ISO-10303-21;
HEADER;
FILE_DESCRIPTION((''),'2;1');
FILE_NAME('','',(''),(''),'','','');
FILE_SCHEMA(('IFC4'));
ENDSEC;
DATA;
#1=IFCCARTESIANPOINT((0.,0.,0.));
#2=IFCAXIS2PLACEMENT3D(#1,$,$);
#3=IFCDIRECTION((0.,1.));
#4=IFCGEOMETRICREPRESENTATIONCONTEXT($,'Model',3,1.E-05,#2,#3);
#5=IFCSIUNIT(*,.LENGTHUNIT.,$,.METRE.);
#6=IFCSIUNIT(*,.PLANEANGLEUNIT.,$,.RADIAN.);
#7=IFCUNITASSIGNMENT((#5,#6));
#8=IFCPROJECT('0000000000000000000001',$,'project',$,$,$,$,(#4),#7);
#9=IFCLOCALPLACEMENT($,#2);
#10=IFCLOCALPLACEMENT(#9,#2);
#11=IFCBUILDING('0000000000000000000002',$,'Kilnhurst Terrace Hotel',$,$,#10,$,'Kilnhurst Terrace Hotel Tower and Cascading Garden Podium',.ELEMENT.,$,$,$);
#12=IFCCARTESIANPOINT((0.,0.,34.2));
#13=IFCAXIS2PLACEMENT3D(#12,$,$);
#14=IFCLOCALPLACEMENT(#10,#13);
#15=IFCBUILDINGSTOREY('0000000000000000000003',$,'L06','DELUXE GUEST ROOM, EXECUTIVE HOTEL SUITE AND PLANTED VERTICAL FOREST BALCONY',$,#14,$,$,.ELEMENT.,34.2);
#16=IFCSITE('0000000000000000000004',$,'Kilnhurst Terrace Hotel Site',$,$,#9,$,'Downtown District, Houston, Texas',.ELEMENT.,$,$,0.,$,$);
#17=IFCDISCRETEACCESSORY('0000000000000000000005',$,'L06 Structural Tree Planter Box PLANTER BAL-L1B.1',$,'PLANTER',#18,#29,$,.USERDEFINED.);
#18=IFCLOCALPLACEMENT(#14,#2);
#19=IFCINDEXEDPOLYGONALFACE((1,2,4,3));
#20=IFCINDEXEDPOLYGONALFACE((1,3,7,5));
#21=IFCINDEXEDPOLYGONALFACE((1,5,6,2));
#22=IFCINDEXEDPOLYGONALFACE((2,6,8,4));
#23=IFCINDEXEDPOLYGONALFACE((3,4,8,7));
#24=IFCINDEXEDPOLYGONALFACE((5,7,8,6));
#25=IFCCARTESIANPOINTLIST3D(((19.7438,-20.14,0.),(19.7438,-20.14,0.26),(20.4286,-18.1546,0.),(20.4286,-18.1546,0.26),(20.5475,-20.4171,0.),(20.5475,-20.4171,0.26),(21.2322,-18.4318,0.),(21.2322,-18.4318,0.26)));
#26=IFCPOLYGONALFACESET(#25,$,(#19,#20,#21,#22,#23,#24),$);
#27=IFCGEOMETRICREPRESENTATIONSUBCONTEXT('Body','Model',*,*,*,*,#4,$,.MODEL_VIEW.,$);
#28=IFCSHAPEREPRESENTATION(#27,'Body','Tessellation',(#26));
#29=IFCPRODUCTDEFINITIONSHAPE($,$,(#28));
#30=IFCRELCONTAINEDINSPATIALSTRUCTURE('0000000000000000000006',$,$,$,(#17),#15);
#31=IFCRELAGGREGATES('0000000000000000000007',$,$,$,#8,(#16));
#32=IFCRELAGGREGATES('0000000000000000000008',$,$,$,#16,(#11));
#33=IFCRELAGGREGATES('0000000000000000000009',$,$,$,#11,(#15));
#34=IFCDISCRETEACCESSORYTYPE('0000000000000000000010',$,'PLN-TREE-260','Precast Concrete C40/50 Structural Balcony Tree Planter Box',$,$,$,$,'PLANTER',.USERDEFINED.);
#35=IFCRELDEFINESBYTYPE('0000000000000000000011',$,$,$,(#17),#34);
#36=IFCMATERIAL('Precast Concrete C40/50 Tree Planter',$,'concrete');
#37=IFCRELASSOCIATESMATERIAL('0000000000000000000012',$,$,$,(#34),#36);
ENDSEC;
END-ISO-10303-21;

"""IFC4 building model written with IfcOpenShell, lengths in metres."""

from ifc_helpers import new_model, si_unit, direction, frame, origin, origin_2d, place, context, subcontext, project, spatial, rectangle, extrude, material, type_object, element, save


model = new_model("IFC4")

# Units and contexts
model_context = context("Model", 3, precision=1e-05, world=origin(), true_north=direction((0.0, 1.0)))
body_context = subcontext(model_context, "Body", "Model", "MODEL_VIEW")
ifc_project = project(units=[si_unit("LENGTHUNIT", "METRE"), si_unit("PLANEANGLEUNIT", "RADIAN")], contexts=[model_context])

# Site, building, storey
site_placement = place(None, origin())
site = spatial("IfcSite", under=ifc_project, at=site_placement, Name="Kilnhurst Terrace Hotel Site", LongName="Downtown District, Houston, Texas", CompositionType="ELEMENT", RefElevation=0.0)
building_placement = place(site_placement, origin())
building = spatial("IfcBuilding", under=site, at=building_placement, Name="Kilnhurst Terrace Hotel", LongName="Kilnhurst Terrace Hotel Tower and Cascading Garden Podium", CompositionType="ELEMENT")
storey_placement = place(building_placement, frame((0.0, 0.0, 34.2)))
storey = spatial("IfcBuildingStorey", under=building, at=storey_placement, Name="L06", Description="DELUXE GUEST ROOM, EXECUTIVE HOTEL SUITE AND PLANTED VERTICAL FOREST BALCONY", CompositionType="ELEMENT", Elevation=34.2)

# Discrete accessory
ifc_material_1 = material(Name="Precast Concrete C40/50 Tree Planter", Category="concrete")
discrete_accessory_type_1 = type_object("IfcDiscreteAccessoryType", Name="PLN-TREE-260", Description="Precast Concrete C40/50 Structural Balcony Tree Planter Box", ElementType="PLANTER", PredefinedType="USERDEFINED", material=ifc_material_1)
discrete_accessory_1_placement = place(storey_placement, frame((20.488, -19.2859, 0.0), z_axis=(0.0, 0.0, 1.0), x_axis=(0.326063, 0.945348, 0.0)))
element("IfcDiscreteAccessory", 1, at=discrete_accessory_1_placement, inside=storey, type_object=discrete_accessory_type_1, Name="L06 Structural Tree Planter Box PLANTER BAL-L1B.1", ObjectType="PLANTER", PredefinedType="USERDEFINED", context=body_context, shape_type="SweptSolid", body=[
    extrude(rectangle(XDim=2.1001, YDim=0.8501, at=origin_2d()), origin(), (0.0, 0.0, 1.0), 0.26),
])

save(model, "model.ifc")
